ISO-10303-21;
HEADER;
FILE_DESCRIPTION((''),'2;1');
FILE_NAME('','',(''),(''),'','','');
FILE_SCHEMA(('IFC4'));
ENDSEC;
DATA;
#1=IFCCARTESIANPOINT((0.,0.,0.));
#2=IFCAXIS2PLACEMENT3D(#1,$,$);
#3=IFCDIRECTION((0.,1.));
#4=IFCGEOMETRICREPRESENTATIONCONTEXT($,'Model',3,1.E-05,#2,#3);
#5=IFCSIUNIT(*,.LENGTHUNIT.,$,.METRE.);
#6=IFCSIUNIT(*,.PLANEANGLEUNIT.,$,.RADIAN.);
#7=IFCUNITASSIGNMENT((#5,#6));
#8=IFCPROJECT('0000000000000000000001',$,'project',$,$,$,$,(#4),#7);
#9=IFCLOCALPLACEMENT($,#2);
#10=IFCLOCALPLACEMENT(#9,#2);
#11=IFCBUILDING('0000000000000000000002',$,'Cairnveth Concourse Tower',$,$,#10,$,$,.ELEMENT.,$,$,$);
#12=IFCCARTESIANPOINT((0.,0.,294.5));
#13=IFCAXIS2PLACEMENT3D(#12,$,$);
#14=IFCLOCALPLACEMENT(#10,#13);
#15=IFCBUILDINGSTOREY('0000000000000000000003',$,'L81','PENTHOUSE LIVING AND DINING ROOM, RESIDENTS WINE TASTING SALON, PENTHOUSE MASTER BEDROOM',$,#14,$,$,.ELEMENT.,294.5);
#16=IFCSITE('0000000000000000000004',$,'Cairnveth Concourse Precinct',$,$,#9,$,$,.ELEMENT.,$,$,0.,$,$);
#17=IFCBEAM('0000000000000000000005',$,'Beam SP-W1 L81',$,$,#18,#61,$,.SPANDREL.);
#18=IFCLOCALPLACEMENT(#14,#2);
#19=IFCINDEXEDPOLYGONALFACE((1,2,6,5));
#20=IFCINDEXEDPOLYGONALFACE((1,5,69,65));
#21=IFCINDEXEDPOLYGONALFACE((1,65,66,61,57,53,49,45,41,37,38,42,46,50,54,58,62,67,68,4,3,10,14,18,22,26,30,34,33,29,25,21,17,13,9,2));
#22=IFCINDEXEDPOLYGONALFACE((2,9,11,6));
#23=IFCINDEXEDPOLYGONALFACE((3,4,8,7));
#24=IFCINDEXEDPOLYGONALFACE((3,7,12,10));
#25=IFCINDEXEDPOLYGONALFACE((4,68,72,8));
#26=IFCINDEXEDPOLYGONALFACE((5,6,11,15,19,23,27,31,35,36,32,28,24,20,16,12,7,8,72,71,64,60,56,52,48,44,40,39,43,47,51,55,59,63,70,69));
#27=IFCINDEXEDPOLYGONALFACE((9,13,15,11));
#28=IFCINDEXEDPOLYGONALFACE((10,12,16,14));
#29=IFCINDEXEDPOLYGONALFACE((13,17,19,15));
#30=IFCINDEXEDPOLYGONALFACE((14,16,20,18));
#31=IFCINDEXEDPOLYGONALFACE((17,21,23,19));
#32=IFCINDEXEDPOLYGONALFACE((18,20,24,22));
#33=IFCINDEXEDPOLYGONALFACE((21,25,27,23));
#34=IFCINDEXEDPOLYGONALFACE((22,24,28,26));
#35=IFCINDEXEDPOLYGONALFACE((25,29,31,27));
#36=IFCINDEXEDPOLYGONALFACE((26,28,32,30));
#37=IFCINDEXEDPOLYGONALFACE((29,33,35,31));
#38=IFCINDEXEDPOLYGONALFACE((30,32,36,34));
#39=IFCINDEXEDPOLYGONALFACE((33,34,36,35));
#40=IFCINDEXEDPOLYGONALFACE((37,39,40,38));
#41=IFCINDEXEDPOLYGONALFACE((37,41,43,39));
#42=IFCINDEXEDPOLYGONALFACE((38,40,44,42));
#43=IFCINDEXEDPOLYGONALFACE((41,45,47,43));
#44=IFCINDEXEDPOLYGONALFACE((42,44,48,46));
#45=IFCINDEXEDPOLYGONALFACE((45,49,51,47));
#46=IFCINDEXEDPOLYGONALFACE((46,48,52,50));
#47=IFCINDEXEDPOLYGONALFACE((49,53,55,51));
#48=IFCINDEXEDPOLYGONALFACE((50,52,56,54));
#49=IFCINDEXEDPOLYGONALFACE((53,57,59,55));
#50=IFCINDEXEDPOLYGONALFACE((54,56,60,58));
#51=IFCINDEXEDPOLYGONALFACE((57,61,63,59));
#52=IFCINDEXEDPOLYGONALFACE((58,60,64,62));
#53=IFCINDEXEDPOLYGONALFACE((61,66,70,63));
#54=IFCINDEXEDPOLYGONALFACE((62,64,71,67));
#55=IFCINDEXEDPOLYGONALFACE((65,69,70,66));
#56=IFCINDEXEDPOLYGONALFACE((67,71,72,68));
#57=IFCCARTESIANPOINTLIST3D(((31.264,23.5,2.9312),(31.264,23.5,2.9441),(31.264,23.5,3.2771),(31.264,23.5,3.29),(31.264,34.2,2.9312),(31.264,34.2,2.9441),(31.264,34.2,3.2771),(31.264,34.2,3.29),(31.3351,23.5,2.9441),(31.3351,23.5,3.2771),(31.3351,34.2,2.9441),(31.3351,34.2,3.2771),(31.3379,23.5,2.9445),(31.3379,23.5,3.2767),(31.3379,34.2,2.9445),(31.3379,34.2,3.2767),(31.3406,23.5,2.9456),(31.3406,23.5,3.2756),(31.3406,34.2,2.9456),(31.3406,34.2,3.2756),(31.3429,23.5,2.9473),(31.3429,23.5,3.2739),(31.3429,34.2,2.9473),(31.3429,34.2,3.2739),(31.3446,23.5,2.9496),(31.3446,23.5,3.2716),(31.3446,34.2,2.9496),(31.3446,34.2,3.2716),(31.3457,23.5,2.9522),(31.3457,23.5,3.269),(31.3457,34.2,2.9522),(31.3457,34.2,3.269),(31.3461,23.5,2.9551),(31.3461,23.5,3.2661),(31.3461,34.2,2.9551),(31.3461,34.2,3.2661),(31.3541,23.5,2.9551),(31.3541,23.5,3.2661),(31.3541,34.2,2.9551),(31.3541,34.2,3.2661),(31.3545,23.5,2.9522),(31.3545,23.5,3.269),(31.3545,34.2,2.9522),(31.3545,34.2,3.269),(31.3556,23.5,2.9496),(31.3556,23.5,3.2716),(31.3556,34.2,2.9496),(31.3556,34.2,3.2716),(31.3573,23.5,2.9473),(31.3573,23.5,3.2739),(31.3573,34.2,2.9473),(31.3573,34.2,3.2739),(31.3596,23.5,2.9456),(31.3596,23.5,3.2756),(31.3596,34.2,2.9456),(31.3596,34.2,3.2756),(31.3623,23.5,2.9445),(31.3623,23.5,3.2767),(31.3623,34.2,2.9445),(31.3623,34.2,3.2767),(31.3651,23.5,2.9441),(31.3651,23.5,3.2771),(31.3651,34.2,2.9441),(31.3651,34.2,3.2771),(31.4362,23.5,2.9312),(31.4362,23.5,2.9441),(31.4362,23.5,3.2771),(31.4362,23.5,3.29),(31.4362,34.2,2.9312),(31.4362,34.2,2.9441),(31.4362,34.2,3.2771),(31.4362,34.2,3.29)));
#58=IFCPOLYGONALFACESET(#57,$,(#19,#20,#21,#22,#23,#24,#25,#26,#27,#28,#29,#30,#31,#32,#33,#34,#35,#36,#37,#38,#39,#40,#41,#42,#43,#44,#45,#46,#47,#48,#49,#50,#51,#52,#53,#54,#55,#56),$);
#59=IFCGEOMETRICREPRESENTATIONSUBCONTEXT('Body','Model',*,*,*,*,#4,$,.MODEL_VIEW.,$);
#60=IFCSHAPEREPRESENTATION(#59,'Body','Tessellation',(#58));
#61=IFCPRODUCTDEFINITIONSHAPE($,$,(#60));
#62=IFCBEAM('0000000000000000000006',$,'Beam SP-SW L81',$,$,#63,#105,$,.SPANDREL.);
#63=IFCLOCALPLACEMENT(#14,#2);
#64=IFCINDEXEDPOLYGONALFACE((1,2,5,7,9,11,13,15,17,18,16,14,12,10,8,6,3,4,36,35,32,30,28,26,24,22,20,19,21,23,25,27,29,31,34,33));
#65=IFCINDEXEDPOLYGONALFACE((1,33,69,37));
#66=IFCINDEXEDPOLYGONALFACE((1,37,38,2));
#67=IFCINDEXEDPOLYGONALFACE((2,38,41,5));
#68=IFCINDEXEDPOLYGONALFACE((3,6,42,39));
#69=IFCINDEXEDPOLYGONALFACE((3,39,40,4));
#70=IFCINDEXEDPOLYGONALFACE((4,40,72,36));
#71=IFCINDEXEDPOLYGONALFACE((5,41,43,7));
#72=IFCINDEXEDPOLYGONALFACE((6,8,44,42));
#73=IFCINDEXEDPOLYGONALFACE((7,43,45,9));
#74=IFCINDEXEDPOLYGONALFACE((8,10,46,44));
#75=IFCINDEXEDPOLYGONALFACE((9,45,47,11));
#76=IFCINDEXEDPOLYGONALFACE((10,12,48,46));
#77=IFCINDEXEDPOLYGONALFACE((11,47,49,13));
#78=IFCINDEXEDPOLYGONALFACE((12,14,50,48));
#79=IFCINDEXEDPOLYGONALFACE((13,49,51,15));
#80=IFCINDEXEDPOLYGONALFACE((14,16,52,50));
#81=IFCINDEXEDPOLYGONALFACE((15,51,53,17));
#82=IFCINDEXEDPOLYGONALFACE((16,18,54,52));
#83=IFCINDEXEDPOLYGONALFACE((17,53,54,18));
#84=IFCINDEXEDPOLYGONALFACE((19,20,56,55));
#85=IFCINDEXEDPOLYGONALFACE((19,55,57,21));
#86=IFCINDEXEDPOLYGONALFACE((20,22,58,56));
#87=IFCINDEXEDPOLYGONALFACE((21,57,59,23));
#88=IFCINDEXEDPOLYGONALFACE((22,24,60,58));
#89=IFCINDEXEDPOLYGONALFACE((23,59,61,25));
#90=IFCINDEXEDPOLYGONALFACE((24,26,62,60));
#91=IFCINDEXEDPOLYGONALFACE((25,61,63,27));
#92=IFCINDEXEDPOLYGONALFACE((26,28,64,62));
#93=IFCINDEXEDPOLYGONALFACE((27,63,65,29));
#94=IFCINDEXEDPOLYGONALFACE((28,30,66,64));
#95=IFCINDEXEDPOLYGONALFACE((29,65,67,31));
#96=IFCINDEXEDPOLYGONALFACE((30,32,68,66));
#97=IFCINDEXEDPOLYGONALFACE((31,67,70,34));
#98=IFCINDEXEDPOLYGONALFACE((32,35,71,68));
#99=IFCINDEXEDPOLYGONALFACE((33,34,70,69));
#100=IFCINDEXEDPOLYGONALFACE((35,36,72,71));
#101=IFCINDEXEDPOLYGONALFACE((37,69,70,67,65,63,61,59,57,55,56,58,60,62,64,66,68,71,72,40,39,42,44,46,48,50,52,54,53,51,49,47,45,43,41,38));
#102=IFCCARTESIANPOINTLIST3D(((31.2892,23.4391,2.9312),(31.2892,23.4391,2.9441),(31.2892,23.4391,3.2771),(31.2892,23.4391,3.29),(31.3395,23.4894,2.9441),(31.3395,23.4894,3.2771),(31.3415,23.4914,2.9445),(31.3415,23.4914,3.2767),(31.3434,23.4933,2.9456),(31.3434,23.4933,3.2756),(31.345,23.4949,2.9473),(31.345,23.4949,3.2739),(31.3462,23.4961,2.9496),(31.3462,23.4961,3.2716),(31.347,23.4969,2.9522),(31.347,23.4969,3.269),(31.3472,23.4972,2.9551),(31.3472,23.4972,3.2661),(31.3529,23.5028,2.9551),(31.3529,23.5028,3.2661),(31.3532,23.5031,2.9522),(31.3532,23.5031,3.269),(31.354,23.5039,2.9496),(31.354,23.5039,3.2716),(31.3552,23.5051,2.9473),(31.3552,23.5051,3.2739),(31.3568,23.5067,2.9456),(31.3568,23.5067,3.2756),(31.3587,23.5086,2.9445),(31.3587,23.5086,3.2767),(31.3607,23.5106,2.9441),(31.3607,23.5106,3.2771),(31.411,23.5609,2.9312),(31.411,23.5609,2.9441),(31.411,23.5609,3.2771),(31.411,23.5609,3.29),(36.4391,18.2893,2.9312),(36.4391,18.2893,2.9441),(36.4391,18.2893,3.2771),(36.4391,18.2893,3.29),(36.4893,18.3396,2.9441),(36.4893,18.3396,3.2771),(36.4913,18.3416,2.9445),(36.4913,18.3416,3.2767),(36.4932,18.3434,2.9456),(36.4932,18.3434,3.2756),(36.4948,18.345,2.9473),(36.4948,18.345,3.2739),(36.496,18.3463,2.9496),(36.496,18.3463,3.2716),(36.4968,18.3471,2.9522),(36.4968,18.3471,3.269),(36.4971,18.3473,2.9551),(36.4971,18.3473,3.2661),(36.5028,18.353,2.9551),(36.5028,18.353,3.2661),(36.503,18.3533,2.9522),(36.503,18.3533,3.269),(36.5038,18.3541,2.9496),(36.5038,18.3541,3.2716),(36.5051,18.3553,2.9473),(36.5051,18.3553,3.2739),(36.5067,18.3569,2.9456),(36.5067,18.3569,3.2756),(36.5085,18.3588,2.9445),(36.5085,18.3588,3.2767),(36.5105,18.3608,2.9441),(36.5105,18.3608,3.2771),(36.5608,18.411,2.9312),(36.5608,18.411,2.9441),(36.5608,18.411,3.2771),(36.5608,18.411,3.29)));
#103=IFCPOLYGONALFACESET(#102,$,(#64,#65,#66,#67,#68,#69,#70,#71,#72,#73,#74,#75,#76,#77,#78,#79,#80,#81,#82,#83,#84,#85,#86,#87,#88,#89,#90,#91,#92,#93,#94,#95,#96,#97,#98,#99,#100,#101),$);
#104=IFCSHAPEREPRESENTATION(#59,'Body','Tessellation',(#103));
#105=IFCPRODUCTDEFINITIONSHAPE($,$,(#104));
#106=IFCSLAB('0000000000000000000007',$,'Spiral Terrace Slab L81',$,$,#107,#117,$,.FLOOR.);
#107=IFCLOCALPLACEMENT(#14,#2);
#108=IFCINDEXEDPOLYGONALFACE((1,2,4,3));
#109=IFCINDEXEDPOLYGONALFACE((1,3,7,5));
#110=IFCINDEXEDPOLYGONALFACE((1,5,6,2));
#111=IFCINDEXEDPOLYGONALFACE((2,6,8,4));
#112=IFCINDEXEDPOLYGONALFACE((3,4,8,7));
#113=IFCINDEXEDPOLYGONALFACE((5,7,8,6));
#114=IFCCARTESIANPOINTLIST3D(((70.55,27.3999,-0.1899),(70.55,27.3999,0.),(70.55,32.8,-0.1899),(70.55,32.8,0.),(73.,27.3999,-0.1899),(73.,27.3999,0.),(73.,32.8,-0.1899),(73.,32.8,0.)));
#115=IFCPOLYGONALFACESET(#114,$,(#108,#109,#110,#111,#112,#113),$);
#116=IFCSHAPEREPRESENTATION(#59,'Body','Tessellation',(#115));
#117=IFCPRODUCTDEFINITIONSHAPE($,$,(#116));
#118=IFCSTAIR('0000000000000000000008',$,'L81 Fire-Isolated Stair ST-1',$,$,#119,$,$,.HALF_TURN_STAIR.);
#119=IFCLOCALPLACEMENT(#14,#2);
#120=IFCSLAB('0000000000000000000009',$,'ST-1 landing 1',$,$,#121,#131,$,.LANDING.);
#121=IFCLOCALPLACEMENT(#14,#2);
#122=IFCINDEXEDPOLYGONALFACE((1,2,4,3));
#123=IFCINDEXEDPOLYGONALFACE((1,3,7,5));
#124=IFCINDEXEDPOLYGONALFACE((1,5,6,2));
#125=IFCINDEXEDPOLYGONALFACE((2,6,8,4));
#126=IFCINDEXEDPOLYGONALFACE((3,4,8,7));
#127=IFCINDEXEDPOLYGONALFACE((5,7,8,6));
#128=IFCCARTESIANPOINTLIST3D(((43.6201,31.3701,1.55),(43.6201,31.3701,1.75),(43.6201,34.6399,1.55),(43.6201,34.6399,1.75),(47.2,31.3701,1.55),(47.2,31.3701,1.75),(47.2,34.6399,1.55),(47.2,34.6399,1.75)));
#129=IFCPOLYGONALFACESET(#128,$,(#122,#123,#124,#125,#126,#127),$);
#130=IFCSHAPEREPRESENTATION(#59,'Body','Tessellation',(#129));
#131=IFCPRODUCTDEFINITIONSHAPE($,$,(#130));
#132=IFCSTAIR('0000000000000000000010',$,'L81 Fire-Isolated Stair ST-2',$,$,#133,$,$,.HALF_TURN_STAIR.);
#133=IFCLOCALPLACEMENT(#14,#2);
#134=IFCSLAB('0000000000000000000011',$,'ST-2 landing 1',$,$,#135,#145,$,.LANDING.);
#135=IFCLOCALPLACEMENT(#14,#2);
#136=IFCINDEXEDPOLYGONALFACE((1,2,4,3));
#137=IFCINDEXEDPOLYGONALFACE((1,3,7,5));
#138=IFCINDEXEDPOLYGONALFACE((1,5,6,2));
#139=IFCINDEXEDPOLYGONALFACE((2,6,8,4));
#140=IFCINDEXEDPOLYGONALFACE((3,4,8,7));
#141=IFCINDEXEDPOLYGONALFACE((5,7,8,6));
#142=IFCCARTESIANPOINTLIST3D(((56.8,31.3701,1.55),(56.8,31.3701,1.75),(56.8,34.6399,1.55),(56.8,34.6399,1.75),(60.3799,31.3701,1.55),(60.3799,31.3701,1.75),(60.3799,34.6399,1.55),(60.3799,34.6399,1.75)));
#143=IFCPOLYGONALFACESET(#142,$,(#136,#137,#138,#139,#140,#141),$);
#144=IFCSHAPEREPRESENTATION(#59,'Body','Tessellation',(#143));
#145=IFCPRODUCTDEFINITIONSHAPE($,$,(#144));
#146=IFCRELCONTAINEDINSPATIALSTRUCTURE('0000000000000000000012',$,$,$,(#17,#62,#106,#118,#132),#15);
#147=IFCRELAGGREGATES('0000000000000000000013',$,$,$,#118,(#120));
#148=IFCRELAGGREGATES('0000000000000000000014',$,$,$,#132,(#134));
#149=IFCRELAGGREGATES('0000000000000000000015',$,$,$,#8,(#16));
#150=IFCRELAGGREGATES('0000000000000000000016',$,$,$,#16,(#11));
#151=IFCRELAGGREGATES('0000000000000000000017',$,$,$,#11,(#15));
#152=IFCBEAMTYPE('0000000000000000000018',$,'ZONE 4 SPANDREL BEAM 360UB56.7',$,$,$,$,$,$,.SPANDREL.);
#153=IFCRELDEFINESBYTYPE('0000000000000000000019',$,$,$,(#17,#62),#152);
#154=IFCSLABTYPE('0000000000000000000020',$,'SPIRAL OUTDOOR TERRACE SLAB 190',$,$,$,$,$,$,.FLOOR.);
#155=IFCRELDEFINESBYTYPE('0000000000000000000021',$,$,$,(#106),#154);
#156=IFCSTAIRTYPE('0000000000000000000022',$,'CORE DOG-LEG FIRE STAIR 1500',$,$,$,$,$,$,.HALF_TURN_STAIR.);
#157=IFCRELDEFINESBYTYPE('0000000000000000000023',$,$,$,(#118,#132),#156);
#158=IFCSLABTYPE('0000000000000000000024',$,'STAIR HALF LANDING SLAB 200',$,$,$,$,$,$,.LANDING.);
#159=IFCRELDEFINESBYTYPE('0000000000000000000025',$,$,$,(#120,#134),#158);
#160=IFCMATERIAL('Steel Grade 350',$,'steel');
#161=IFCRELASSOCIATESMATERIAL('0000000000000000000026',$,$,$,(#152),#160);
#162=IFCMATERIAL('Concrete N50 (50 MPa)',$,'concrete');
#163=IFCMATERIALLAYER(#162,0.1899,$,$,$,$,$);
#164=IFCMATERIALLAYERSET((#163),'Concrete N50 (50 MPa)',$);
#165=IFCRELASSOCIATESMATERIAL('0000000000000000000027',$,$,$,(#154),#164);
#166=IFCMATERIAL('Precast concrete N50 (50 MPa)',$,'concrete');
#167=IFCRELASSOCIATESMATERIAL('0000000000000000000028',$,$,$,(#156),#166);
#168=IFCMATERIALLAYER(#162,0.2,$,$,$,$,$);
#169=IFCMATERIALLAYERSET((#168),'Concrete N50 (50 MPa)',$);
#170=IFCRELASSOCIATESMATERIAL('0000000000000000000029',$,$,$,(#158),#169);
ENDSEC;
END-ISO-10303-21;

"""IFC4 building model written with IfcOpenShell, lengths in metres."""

from ifc_helpers import new_model, si_unit, direction, frame, origin, origin_2d, place, context, subcontext, project, spatial, polyline, i_section, outline, extrude, material, layer, layer_set, material_profile, profile_set, type_object, element, aggregate, save


model = new_model("IFC4")

# Units and contexts
model_context = context("Model", 3, precision=1e-05, world=origin(), true_north=direction((0.0, 1.0)))
body_context = subcontext(model_context, "Body", "Model", "MODEL_VIEW")
ifc_project = project(units=[si_unit("LENGTHUNIT", "METRE"), si_unit("PLANEANGLEUNIT", "RADIAN")], contexts=[model_context])

# Site, building, storey
site_placement = place(None, origin())
site = spatial("IfcSite", under=ifc_project, at=site_placement, Name="Cairnveth Concourse Precinct", CompositionType="ELEMENT", RefElevation=0.0)
building_placement = place(site_placement, origin())
building = spatial("IfcBuilding", under=site, at=building_placement, Name="Cairnveth Concourse Tower", CompositionType="ELEMENT")
storey_placement = place(building_placement, frame((0.0, 0.0, 294.5)))
storey = spatial("IfcBuildingStorey", under=building, at=storey_placement, Name="L81", Description="PENTHOUSE LIVING AND DINING ROOM, RESIDENTS WINE TASTING SALON, PENTHOUSE MASTER BEDROOM", CompositionType="ELEMENT", Elevation=294.5)

# Shared definitions
ifc_material_1 = material(Name="Steel Grade 350", Category="steel")

# Beams
ifc_material_profile_1 = material_profile(ifc_material_1, i_section(OverallWidth=0.1721, OverallDepth=0.3589, WebThickness=0.0081, FlangeThickness=0.0129, FilletRadius=0.011, at=origin_2d()), Name="360UB56.7")
ifc_profile_set_1 = profile_set([ifc_material_profile_1], Name="Steel Grade 350")
beam_type_1 = type_object("IfcBeamType", Name="ZONE 4 SPANDREL BEAM 360UB56.7", PredefinedType="SPANDREL", material=ifc_profile_set_1)
beam_1_placement = place(storey_placement, frame((31.3501, 23.5, 3.1106), z_axis=(0.0, 1.0, 0.0), x_axis=(-1.0, 0.0, 0.0)))
element("IfcBeam", 1, at=beam_1_placement, inside=storey, type_object=beam_type_1, Name="Beam SP-W1 L81", PredefinedType="SPANDREL", context=body_context, shape_type="SweptSolid", body=[
    extrude(i_section(OverallWidth=0.1721, OverallDepth=0.3589, WebThickness=0.0081, FlangeThickness=0.0129, FilletRadius=0.011, at=origin_2d()), origin(), (0.0, 0.0, 1.0), 10.7),
])
beam_2_placement = place(storey_placement, frame((31.3501, 23.5, 3.1106), z_axis=(0.707107, -0.707107, 0.0), x_axis=(0.707107, 0.707107, 0.0)))
element("IfcBeam", 2, at=beam_2_placement, inside=storey, type_object=beam_type_1, Name="Beam SP-SW L81", PredefinedType="SPANDREL", context=body_context, shape_type="SweptSolid", body=[
    extrude(i_section(OverallWidth=0.1721, OverallDepth=0.3589, WebThickness=0.0081, FlangeThickness=0.0129, FilletRadius=0.011, at=origin_2d()), origin(), (0.0, 0.0, 1.0), 7.283),
])

# Slab
ifc_material_2 = material(Name="Concrete N50 (50 MPa)", Category="concrete")
ifc_layer_1 = layer(ifc_material_2, 0.1899)
ifc_layer_set_1 = layer_set([ifc_layer_1], Name="Concrete N50 (50 MPa)")
slab_type_1 = type_object("IfcSlabType", Name="SPIRAL OUTDOOR TERRACE SLAB 190", PredefinedType="FLOOR", material=ifc_layer_set_1)
slab_1_placement = place(storey_placement, frame((0.0, 0.0, -0.1899)))
element("IfcSlab", 3, at=slab_1_placement, inside=storey, type_object=slab_type_1, Name="Spiral Terrace Slab L81", PredefinedType="FLOOR", context=body_context, shape_type="SweptSolid", body=[
    extrude(outline(polyline([(70.55, 27.3999), (73.0, 27.3999), (73.0, 32.8), (70.55, 32.8), (70.55, 27.3999)])), origin(), (0.0, 0.0, 1.0), 0.1899),
])

# Stairs, slabs
ifc_material_3 = material(Name="Precast concrete N50 (50 MPa)", Category="concrete")
stair_type = type_object("IfcStairType", Name="CORE DOG-LEG FIRE STAIR 1500", PredefinedType="HALF_TURN_STAIR", material=ifc_material_3)
stair_1_placement = place(storey_placement, origin())
stair_1 = element("IfcStair", 4, at=stair_1_placement, inside=storey, type_object=stair_type, Name="L81 Fire-Isolated Stair ST-1", PredefinedType="HALF_TURN_STAIR")
ifc_layer_2 = layer(ifc_material_2, 0.2)
ifc_layer_set_2 = layer_set([ifc_layer_2], Name="Concrete N50 (50 MPa)")
slab_type_2 = type_object("IfcSlabType", Name="STAIR HALF LANDING SLAB 200", PredefinedType="LANDING", material=ifc_layer_set_2)
slab_2_placement = place(storey_placement, frame((0.0, 0.0, 1.55)))
slab_2 = element("IfcSlab", 5, at=slab_2_placement, type_object=slab_type_2, Name="ST-1 landing 1", PredefinedType="LANDING", context=body_context, shape_type="SweptSolid", body=[
    extrude(outline(polyline([(43.6201, 34.6399), (43.6201, 31.3701), (47.2, 31.3701), (47.2, 34.6399), (43.6201, 34.6399)])), origin(), (0.0, 0.0, 1.0), 0.2),
])
aggregate(stair_1, [slab_2])
stair_2_placement = place(storey_placement, origin())
stair_2 = element("IfcStair", 6, at=stair_2_placement, inside=storey, type_object=stair_type, Name="L81 Fire-Isolated Stair ST-2", PredefinedType="HALF_TURN_STAIR")
slab_3_placement = place(storey_placement, frame((0.0, 0.0, 1.55)))
slab_3 = element("IfcSlab", 7, at=slab_3_placement, type_object=slab_type_2, Name="ST-2 landing 1", PredefinedType="LANDING", context=body_context, shape_type="SweptSolid", body=[
    extrude(outline(polyline([(56.8, 34.6399), (56.8, 31.3701), (60.3799, 31.3701), (60.3799, 34.6399), (56.8, 34.6399)])), origin(), (0.0, 0.0, 1.0), 0.2),
])
aggregate(stair_2, [slab_3])

save(model, "model.ifc")
